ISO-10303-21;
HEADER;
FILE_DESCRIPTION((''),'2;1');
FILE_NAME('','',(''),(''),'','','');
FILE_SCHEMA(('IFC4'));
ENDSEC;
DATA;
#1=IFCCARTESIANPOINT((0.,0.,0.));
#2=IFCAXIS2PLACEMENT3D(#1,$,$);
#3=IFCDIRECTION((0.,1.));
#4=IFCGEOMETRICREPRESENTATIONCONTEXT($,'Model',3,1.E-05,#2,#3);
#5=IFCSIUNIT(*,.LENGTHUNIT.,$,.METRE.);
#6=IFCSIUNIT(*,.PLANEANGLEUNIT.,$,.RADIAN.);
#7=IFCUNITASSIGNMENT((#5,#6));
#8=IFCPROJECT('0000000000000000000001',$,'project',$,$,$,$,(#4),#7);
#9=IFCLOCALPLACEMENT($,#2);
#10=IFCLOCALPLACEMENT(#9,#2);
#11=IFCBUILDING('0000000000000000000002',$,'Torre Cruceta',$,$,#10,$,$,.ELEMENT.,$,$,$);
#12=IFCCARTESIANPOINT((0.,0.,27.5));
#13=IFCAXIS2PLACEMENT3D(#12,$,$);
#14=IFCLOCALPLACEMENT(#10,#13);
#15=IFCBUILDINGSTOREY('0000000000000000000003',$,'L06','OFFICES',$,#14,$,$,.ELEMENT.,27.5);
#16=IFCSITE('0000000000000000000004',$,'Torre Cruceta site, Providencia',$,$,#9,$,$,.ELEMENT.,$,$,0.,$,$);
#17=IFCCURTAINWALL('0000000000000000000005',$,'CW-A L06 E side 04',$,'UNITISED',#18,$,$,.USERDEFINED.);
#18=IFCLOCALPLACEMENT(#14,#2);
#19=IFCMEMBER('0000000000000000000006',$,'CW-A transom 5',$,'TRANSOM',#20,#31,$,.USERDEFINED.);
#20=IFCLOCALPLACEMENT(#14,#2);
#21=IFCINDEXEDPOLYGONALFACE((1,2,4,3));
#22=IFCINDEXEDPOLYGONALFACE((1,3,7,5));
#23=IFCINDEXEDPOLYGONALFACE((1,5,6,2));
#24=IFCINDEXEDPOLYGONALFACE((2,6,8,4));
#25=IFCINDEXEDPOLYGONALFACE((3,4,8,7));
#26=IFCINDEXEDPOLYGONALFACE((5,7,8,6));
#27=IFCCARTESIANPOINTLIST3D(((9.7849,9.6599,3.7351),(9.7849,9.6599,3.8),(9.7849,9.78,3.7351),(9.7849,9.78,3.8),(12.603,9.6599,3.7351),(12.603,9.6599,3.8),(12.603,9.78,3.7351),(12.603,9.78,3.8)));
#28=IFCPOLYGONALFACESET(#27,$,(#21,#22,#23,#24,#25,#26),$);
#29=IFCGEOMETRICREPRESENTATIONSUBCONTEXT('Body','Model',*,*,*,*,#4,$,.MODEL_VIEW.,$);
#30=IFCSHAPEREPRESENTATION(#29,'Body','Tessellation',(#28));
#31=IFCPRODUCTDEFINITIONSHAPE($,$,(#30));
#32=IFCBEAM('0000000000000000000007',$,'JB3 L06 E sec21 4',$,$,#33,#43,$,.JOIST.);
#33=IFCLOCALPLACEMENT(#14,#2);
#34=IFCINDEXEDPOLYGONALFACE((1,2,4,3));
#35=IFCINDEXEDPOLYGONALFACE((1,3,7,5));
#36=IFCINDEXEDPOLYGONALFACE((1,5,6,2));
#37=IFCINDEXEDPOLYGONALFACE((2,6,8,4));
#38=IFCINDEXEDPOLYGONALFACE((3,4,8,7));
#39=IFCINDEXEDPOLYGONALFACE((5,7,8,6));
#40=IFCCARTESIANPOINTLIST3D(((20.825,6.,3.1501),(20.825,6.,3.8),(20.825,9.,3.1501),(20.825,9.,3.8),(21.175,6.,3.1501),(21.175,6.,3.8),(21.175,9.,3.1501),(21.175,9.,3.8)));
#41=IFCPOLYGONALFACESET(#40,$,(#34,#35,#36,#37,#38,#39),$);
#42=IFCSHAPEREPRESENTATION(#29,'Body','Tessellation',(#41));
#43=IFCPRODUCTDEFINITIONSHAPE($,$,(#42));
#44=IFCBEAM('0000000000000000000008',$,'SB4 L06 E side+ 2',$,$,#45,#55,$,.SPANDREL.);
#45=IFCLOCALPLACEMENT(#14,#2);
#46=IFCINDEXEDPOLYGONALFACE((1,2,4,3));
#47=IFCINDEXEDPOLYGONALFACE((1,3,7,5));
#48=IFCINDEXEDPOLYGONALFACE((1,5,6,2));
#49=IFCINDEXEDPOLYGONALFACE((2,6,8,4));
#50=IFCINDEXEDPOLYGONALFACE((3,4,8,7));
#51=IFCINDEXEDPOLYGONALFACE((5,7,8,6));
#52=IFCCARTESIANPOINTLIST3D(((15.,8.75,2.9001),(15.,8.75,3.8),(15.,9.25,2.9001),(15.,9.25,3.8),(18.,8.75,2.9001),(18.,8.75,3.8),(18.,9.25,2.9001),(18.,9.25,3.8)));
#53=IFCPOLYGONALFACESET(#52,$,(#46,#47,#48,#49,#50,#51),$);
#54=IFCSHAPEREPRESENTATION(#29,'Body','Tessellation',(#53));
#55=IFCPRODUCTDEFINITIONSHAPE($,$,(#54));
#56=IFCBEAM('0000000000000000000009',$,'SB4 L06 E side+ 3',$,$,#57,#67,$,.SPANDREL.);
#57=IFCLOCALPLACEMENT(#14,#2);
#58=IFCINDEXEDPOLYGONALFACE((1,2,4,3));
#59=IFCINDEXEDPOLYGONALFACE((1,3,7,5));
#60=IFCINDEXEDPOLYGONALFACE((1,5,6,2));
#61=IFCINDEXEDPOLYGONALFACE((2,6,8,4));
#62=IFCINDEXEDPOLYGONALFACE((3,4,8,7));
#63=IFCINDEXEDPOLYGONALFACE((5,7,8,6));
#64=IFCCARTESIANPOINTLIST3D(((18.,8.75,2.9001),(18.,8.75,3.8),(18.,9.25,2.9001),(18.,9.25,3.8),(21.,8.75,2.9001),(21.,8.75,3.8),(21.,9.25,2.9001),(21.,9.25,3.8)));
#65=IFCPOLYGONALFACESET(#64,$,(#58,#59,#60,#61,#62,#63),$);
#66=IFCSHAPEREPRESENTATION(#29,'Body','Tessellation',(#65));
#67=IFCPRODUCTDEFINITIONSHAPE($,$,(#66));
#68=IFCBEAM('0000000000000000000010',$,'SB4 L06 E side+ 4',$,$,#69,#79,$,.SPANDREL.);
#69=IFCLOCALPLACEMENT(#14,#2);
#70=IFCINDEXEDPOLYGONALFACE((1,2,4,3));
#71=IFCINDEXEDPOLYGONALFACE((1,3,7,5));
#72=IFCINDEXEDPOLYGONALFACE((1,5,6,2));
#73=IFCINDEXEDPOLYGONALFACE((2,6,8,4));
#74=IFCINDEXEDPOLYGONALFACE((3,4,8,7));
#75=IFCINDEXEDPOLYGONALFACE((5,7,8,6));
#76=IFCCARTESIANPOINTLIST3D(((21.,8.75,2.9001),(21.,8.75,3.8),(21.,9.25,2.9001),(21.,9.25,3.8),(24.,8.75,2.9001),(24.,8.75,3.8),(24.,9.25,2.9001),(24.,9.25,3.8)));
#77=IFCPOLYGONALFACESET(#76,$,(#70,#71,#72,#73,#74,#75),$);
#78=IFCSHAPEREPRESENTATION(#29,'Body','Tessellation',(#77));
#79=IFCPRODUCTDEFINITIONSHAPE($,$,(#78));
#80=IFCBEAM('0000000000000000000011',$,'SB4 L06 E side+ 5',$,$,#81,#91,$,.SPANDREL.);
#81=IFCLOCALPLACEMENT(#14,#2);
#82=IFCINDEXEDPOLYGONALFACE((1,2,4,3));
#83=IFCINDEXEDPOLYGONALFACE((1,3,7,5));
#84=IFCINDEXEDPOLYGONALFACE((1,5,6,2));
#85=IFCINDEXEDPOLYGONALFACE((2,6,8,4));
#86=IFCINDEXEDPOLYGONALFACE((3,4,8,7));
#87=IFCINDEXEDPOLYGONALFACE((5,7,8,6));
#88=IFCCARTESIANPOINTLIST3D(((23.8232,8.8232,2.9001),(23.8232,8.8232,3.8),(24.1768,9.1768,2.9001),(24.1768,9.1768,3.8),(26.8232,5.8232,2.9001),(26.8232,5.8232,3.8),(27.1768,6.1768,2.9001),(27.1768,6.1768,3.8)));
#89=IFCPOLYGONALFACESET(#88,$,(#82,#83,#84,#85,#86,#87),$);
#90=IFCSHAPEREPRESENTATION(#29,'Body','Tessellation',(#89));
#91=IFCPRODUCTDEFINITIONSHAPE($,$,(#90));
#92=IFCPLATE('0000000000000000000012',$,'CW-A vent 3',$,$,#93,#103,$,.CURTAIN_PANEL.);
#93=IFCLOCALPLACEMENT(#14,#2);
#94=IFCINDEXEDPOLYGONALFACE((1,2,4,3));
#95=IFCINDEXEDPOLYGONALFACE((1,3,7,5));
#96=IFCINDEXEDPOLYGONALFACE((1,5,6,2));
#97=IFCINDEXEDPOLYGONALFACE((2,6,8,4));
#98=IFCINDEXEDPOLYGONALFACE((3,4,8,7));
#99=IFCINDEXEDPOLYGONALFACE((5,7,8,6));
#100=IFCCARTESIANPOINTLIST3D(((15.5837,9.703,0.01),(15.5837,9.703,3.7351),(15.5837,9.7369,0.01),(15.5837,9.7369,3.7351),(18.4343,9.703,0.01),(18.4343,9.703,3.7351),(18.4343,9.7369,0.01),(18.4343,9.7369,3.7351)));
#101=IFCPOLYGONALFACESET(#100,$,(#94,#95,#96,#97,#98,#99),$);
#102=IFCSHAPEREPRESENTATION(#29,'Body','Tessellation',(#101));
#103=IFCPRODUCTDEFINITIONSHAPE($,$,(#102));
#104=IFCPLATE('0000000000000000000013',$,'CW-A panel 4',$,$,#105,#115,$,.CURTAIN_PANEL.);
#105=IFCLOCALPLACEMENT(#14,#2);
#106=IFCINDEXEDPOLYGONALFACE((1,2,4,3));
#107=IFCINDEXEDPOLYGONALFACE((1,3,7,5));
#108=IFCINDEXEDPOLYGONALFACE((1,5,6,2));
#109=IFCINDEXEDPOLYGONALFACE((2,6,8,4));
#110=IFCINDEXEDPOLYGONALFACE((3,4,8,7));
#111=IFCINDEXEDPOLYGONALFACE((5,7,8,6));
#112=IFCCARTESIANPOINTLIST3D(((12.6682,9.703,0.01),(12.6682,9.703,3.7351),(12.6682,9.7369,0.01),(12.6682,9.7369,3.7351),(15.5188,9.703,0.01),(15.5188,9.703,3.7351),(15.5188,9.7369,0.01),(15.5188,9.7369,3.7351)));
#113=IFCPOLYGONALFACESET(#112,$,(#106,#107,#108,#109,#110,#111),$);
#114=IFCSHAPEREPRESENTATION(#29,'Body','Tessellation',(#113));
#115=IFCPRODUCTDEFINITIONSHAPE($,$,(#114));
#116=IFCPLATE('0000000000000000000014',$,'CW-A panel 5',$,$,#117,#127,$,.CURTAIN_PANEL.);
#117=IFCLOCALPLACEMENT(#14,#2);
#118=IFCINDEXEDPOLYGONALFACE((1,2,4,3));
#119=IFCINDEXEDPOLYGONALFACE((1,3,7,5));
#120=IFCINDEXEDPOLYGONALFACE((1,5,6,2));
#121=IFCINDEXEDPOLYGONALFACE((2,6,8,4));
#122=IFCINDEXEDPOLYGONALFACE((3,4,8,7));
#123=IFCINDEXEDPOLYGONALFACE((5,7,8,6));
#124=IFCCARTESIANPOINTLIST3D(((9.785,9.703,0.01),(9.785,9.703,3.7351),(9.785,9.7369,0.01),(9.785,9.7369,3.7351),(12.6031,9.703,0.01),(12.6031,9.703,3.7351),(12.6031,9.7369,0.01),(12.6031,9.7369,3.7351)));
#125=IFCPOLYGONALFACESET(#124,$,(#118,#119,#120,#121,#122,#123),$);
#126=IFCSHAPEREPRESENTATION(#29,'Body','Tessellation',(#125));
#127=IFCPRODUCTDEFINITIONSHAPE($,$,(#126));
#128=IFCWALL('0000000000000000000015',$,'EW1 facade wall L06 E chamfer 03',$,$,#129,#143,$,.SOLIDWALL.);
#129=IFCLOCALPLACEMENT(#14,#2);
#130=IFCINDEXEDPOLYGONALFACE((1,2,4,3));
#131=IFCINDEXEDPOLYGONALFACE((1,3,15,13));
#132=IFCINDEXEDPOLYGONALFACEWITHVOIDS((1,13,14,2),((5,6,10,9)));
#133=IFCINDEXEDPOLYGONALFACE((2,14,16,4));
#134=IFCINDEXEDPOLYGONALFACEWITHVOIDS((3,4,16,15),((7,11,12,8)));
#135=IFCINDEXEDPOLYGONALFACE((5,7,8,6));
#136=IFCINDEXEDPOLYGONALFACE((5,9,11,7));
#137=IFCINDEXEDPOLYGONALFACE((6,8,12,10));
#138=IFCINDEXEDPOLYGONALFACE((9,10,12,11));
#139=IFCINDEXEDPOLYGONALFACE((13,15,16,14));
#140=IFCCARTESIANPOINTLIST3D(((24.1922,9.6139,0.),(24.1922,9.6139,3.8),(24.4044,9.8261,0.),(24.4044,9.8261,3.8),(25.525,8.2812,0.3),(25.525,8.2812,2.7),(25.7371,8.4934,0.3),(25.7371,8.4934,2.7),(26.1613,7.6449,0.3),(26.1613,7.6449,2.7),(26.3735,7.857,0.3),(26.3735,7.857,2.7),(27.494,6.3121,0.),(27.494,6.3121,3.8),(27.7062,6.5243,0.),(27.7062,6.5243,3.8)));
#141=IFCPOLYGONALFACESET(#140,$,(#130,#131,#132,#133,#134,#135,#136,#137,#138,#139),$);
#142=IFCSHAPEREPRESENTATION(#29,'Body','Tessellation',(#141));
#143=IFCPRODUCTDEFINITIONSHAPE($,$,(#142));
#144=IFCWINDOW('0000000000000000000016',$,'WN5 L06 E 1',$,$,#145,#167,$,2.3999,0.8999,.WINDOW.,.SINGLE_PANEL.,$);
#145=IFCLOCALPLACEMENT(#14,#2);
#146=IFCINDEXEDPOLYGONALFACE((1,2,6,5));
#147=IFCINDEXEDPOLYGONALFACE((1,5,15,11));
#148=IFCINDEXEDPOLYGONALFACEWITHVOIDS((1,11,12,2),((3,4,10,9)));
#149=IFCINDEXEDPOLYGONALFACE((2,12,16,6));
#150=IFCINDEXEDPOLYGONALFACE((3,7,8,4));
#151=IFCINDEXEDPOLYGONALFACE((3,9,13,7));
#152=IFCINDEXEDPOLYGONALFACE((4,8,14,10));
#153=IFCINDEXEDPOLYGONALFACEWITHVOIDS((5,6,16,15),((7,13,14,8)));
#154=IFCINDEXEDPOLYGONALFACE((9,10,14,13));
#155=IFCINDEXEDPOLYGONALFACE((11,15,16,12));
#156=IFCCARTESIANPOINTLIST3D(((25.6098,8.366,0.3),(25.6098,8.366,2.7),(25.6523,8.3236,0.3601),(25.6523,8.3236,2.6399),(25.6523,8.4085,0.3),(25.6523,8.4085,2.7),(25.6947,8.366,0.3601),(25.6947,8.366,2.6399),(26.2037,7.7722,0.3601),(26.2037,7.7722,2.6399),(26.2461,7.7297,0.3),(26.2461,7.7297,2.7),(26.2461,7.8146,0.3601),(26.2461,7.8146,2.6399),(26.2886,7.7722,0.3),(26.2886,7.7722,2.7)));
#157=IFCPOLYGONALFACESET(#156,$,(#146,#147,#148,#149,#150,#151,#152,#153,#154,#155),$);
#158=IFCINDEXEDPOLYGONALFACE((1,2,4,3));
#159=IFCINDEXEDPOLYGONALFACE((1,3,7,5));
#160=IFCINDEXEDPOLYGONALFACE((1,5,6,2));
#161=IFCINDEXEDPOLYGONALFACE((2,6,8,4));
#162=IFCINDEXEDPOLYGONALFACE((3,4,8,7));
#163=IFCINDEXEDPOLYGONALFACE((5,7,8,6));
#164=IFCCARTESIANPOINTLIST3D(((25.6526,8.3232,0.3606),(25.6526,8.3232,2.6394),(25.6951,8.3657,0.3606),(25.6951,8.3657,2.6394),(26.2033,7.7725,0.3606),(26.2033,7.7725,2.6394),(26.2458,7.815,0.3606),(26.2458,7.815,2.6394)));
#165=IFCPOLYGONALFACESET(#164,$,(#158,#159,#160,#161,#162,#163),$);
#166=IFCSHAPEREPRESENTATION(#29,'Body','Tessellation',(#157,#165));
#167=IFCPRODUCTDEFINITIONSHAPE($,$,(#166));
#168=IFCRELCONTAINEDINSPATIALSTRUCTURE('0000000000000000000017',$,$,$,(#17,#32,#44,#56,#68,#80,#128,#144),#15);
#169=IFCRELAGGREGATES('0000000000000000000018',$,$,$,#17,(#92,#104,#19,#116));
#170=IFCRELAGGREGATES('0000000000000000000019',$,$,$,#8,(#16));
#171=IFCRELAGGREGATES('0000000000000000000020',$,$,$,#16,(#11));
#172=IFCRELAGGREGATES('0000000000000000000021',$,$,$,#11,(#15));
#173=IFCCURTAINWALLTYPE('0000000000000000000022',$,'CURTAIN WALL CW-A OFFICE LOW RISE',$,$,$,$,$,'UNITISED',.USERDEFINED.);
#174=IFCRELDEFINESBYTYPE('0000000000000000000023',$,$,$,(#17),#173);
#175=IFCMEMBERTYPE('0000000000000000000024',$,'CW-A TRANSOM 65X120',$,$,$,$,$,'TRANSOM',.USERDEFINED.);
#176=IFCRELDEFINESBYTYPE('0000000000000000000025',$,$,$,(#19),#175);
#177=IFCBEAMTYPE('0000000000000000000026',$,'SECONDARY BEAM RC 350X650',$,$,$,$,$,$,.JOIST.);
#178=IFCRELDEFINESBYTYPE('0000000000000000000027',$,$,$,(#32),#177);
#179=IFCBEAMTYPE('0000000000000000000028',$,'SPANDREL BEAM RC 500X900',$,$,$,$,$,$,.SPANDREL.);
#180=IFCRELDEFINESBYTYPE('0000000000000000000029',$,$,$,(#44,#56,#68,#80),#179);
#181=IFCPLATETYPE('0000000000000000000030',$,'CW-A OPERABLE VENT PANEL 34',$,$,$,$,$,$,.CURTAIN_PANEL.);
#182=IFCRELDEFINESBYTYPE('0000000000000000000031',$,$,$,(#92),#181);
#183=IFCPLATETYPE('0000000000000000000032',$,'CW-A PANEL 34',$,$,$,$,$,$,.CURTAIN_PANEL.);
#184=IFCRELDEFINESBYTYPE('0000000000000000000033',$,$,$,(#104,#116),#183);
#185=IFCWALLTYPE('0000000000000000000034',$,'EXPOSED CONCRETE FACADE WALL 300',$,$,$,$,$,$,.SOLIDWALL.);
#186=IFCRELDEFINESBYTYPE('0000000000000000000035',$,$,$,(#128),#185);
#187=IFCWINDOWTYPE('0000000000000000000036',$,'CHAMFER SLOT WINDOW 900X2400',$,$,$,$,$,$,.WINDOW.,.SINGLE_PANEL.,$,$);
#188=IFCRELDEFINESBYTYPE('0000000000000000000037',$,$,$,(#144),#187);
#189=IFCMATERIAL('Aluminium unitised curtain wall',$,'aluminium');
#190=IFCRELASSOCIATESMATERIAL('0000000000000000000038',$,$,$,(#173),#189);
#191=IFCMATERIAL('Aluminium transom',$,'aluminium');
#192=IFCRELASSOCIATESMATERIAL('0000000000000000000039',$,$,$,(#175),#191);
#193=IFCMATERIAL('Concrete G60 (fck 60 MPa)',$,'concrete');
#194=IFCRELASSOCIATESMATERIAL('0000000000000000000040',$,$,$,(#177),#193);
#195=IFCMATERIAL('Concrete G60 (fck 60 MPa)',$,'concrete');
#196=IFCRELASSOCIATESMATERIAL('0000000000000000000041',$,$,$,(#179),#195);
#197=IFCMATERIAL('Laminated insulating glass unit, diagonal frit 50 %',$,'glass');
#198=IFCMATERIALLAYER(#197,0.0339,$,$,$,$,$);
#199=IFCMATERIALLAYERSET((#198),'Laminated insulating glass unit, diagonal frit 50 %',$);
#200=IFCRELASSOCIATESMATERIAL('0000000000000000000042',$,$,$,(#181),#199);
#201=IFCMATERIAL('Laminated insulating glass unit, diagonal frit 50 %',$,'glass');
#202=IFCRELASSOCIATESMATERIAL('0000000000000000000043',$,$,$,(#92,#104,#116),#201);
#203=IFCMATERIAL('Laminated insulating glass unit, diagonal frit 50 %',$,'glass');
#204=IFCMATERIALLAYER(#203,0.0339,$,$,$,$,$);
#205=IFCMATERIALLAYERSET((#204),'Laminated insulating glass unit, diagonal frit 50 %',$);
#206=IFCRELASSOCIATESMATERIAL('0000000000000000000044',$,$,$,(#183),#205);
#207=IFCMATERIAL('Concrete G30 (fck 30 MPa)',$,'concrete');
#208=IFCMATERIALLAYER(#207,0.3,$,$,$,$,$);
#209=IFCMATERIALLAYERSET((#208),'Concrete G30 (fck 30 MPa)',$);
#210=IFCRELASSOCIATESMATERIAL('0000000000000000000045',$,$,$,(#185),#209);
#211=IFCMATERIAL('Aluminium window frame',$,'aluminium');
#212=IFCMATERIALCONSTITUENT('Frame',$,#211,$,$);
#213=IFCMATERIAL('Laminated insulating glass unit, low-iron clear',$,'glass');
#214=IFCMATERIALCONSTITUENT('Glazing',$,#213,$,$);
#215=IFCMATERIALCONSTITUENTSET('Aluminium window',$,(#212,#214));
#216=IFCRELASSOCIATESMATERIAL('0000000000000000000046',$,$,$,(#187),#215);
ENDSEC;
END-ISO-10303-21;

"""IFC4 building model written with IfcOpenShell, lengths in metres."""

from ifc_helpers import new_model, si_unit, direction, frame, frame_2d, origin, origin_2d, place, context, subcontext, project, spatial, rectangle, hollow_rectangle, extrude, material, layer, layer_set, constituent, constituent_set, material_profile, profile_set, type_object, element, fill, aggregate, save


model = new_model("IFC4")

# Units and contexts
model_context = context("Model", 3, precision=1e-05, world=origin(), true_north=direction((0.0, 1.0)))
body_context = subcontext(model_context, "Body", "Model", "MODEL_VIEW")
ifc_project = project(units=[si_unit("LENGTHUNIT", "METRE"), si_unit("PLANEANGLEUNIT", "RADIAN")], contexts=[model_context])

# Site, building, storey
site_placement = place(None, origin())
site = spatial("IfcSite", under=ifc_project, at=site_placement, Name="Torre Cruceta site, Providencia", CompositionType="ELEMENT", RefElevation=0.0)
building_placement = place(site_placement, origin())
building = spatial("IfcBuilding", under=site, at=building_placement, Name="Torre Cruceta", CompositionType="ELEMENT")
storey_placement = place(building_placement, frame((0.0, 0.0, 27.5)))
storey = spatial("IfcBuildingStorey", under=building, at=storey_placement, Name="L06", Description="OFFICES", CompositionType="ELEMENT", Elevation=27.5)

# Curtain wall, member
ifc_material_1 = material(Name="Aluminium unitised curtain wall", Category="aluminium")
curtain_wall_type = type_object("IfcCurtainWallType", Name="CURTAIN WALL CW-A OFFICE LOW RISE", ElementType="UNITISED", PredefinedType="USERDEFINED", material=ifc_material_1)
curtain_wall_placement = place(storey_placement, origin())
curtain_wall = element("IfcCurtainWall", 1, at=curtain_wall_placement, inside=storey, type_object=curtain_wall_type, Name="CW-A L06 E side 04", ObjectType="UNITISED", PredefinedType="USERDEFINED")
ifc_material_2 = material(Name="Aluminium transom", Category="aluminium")
ifc_material_profile_1 = material_profile(ifc_material_2, rectangle(XDim=0.1201, YDim=0.0649, at=origin_2d()), Name="AL 120X65")
ifc_profile_set_1 = profile_set([ifc_material_profile_1], Name="Aluminium transom")
member_type_1 = type_object("IfcMemberType", Name="CW-A TRANSOM 65X120", ElementType="TRANSOM", PredefinedType="USERDEFINED", material=ifc_profile_set_1)
member_1_placement = place(storey_placement, frame((12.603, 9.72, 3.7676), z_axis=(-1.0, 0.0, 0.0), x_axis=(0.0, -1.0, 0.0)))
member_1 = element("IfcMember", 2, at=member_1_placement, type_object=member_type_1, Name="CW-A transom 5", ObjectType="TRANSOM", PredefinedType="USERDEFINED", context=body_context, shape_type="SweptSolid", body=[
    extrude(rectangle(XDim=0.1201, YDim=0.0649, at=origin_2d()), origin(), (0.0, 0.0, 1.0), 2.8181),
])

# Beams
ifc_material_3 = material(Name="Concrete G60 (fck 60 MPa)", Category="concrete")
ifc_material_profile_2 = material_profile(ifc_material_3, rectangle(XDim=0.3501, YDim=0.6499, at=origin_2d()), Name="RC 350X650")
ifc_profile_set_2 = profile_set([ifc_material_profile_2], Name="Concrete G60 (fck 60 MPa)")
beam_type_1 = type_object("IfcBeamType", Name="SECONDARY BEAM RC 350X650", PredefinedType="JOIST", material=ifc_profile_set_2)
beam_1_placement = place(storey_placement, frame((21.0, 6.0, 3.4751), z_axis=(0.0, 1.0, 0.0), x_axis=(-1.0, 0.0, 0.0)))
element("IfcBeam", 3, at=beam_1_placement, inside=storey, type_object=beam_type_1, Name="JB3 L06 E sec21 4", PredefinedType="JOIST", context=body_context, shape_type="SweptSolid", body=[
    extrude(rectangle(XDim=0.3501, YDim=0.6499, at=origin_2d()), origin(), (0.0, 0.0, 1.0), 3.0),
])
ifc_material_4 = material(Name="Concrete G60 (fck 60 MPa)", Category="concrete")
ifc_material_profile_3 = material_profile(ifc_material_4, rectangle(XDim=0.5, YDim=0.8999, at=origin_2d()), Name="RC 500X900")
ifc_profile_set_3 = profile_set([ifc_material_profile_3], Name="Concrete G60 (fck 60 MPa)")
beam_type_2 = type_object("IfcBeamType", Name="SPANDREL BEAM RC 500X900", PredefinedType="SPANDREL", material=ifc_profile_set_3)
for number, where, z_axis, x_axis, name in (
    (4, (15.0, 9.0, 3.3501), (1.0, 0.0, 0.0), (0.0, 1.0, 0.0), "SB4 L06 E side+ 2"),
    (5, (18.0, 9.0, 3.3501), (1.0, 0.0, 0.0), (0.0, 1.0, 0.0), "SB4 L06 E side+ 3"),
    (6, (21.0, 9.0, 3.3501), (1.0, 0.0, 0.0), (0.0, 1.0, 0.0), "SB4 L06 E side+ 4"),
):
    element("IfcBeam", number, at=place(storey_placement, frame(where, z_axis=z_axis, x_axis=x_axis)), inside=storey, type_object=beam_type_2, Name=name, PredefinedType="SPANDREL", context=body_context, shape_type="SweptSolid", body=[
        extrude(rectangle(XDim=0.5, YDim=0.8999, at=origin_2d()), origin(), (0.0, 0.0, 1.0), 3.0),
    ])
beam_2_placement = place(storey_placement, frame((24.0, 9.0, 3.3501), z_axis=(0.707107, -0.707107, 0.0), x_axis=(0.707107, 0.707107, 0.0)))
element("IfcBeam", 7, at=beam_2_placement, inside=storey, type_object=beam_type_2, Name="SB4 L06 E side+ 5", PredefinedType="SPANDREL", context=body_context, shape_type="SweptSolid", body=[
    extrude(rectangle(XDim=0.5, YDim=0.8999, at=origin_2d()), origin(), (0.0, 0.0, 1.0), 4.2427),
])

# Plates
ifc_material_5 = material(Name="Laminated insulating glass unit, diagonal frit 50 %", Category="glass")
ifc_material_6 = material(Name="Laminated insulating glass unit, diagonal frit 50 %", Category="glass")
ifc_layer_1 = layer(ifc_material_6, 0.0339)
ifc_layer_set_1 = layer_set([ifc_layer_1], Name="Laminated insulating glass unit, diagonal frit 50 %")
plate_type_1 = type_object("IfcPlateType", Name="CW-A OPERABLE VENT PANEL 34", PredefinedType="CURTAIN_PANEL", material=ifc_layer_set_1)
plate_1_placement = place(storey_placement, frame((17.009, 9.72, 0.01), z_axis=(0.0, 0.0, 1.0), x_axis=(-1.0, 0.0, 0.0)))
plate_1 = element("IfcPlate", 8, at=plate_1_placement, type_object=plate_type_1, material=ifc_material_5, Name="CW-A vent 3", PredefinedType="CURTAIN_PANEL", context=body_context, shape_type="SweptSolid", body=[
    extrude(rectangle(XDim=2.8506, YDim=0.0339, at=origin_2d()), origin(), (0.0, 0.0, 1.0), 3.7251),
])
ifc_material_7 = material(Name="Laminated insulating glass unit, diagonal frit 50 %", Category="glass")
ifc_layer_2 = layer(ifc_material_7, 0.0339)
ifc_layer_set_2 = layer_set([ifc_layer_2], Name="Laminated insulating glass unit, diagonal frit 50 %")
plate_type_2 = type_object("IfcPlateType", Name="CW-A PANEL 34", PredefinedType="CURTAIN_PANEL", material=ifc_layer_set_2)
plate_2_placement = place(storey_placement, frame((14.0935, 9.72, 0.01), z_axis=(0.0, 0.0, 1.0), x_axis=(-1.0, 0.0, 0.0)))
plate_2 = element("IfcPlate", 9, at=plate_2_placement, type_object=plate_type_2, material=ifc_material_5, Name="CW-A panel 4", PredefinedType="CURTAIN_PANEL", context=body_context, shape_type="SweptSolid", body=[
    extrude(rectangle(XDim=2.8506, YDim=0.0339, at=origin_2d()), origin(), (0.0, 0.0, 1.0), 3.7251),
])
plate_3_placement = place(storey_placement, frame((11.1941, 9.72, 0.01), z_axis=(0.0, 0.0, 1.0), x_axis=(-1.0, 0.0, 0.0)))
plate_3 = element("IfcPlate", 10, at=plate_3_placement, type_object=plate_type_2, material=ifc_material_5, Name="CW-A panel 5", PredefinedType="CURTAIN_PANEL", context=body_context, shape_type="SweptSolid", body=[
    extrude(rectangle(XDim=2.8181, YDim=0.0339, at=origin_2d()), origin(), (0.0, 0.0, 1.0), 3.7251),
])
aggregate(curtain_wall, [plate_1, plate_2, member_1, plate_3])

# Wall, opening, window
ifc_material_8 = material(Name="Concrete G30 (fck 30 MPa)", Category="concrete")
ifc_layer_3 = layer(ifc_material_8, 0.3)
ifc_layer_set_3 = layer_set([ifc_layer_3], Name="Concrete G30 (fck 30 MPa)")
wall_type_1 = type_object("IfcWallType", Name="EXPOSED CONCRETE FACADE WALL 300", PredefinedType="SOLIDWALL", material=ifc_layer_set_3)
wall_1_placement = place(storey_placement, frame((27.6001, 6.4182, 0.0), z_axis=(0.0, 0.0, 1.0), x_axis=(-0.707107, 0.707107, 0.0)))
wall_1 = element("IfcWall", 11, at=wall_1_placement, inside=storey, type_object=wall_type_1, Name="EW1 facade wall L06 E chamfer 03", PredefinedType="SOLIDWALL", context=body_context, shape_type="SweptSolid", body=[
    extrude(rectangle(XDim=4.6694, YDim=0.3, at=frame_2d((2.3347, 0.0))), origin(), (0.0, 0.0, 1.0), 3.8),
])
opening_1_placement = place(wall_1_placement, frame((1.8848, 0.0, 0.3)))
opening_1 = element("IfcOpeningElement", 12, at=opening_1_placement, cuts=wall_1, PredefinedType="OPENING", context=body_context, shape_type="SweptSolid", body=[
    extrude(rectangle(XDim=0.8999, YDim=2.3999, at=frame_2d((0.45, 1.2))), frame((0.0, 0.1599, 0.0), z_axis=(0.0, -1.0, 0.0), x_axis=(1.0, 0.0, 0.0)), (0.0, 0.0, 1.0), 0.3201),
])
ifc_material_9 = material(Name="Aluminium window frame", Category="aluminium")
ifc_constituent_1 = constituent(ifc_material_9, Name="Frame")
ifc_material_10 = material(Name="Laminated insulating glass unit, low-iron clear", Category="glass")
ifc_constituent_2 = constituent(ifc_material_10, Name="Glazing")
ifc_constituent_set_1 = constituent_set(constituents=[ifc_constituent_1, ifc_constituent_2], Name="Aluminium window")
window_type = type_object("IfcWindowType", Name="CHAMFER SLOT WINDOW 900X2400", PartitioningType="SINGLE_PANEL", PredefinedType="WINDOW", material=ifc_constituent_set_1)
window_placement = place(opening_1_placement, origin())
window = element("IfcWindow", 13, at=window_placement, inside=storey, type_object=window_type, Name="WN5 L06 E 1", OverallHeight=2.3999, OverallWidth=0.8999, PartitioningType="SINGLE_PANEL", PredefinedType="WINDOW", context=body_context, shape_type="SweptSolid", body=[
    extrude(hollow_rectangle(XDim=0.8999, YDim=2.3999, WallThickness=0.0601, at=frame_2d((0.45, 1.2))), frame((0.0, 0.03, 0.0), z_axis=(0.0, -1.0, 0.0), x_axis=(1.0, 0.0, 0.0)), (0.0, 0.0, 1.0), 0.0601),
    extrude(rectangle(XDim=0.7788, YDim=2.2788, at=frame_2d((0.45, 1.2))), frame((0.0, 0.03, 0.0), z_axis=(0.0, -1.0, 0.0), x_axis=(1.0, 0.0, 0.0)), (0.0, 0.0, 1.0), 0.0601),
])
fill(opening_1, window)

save(model, "model.ifc")
